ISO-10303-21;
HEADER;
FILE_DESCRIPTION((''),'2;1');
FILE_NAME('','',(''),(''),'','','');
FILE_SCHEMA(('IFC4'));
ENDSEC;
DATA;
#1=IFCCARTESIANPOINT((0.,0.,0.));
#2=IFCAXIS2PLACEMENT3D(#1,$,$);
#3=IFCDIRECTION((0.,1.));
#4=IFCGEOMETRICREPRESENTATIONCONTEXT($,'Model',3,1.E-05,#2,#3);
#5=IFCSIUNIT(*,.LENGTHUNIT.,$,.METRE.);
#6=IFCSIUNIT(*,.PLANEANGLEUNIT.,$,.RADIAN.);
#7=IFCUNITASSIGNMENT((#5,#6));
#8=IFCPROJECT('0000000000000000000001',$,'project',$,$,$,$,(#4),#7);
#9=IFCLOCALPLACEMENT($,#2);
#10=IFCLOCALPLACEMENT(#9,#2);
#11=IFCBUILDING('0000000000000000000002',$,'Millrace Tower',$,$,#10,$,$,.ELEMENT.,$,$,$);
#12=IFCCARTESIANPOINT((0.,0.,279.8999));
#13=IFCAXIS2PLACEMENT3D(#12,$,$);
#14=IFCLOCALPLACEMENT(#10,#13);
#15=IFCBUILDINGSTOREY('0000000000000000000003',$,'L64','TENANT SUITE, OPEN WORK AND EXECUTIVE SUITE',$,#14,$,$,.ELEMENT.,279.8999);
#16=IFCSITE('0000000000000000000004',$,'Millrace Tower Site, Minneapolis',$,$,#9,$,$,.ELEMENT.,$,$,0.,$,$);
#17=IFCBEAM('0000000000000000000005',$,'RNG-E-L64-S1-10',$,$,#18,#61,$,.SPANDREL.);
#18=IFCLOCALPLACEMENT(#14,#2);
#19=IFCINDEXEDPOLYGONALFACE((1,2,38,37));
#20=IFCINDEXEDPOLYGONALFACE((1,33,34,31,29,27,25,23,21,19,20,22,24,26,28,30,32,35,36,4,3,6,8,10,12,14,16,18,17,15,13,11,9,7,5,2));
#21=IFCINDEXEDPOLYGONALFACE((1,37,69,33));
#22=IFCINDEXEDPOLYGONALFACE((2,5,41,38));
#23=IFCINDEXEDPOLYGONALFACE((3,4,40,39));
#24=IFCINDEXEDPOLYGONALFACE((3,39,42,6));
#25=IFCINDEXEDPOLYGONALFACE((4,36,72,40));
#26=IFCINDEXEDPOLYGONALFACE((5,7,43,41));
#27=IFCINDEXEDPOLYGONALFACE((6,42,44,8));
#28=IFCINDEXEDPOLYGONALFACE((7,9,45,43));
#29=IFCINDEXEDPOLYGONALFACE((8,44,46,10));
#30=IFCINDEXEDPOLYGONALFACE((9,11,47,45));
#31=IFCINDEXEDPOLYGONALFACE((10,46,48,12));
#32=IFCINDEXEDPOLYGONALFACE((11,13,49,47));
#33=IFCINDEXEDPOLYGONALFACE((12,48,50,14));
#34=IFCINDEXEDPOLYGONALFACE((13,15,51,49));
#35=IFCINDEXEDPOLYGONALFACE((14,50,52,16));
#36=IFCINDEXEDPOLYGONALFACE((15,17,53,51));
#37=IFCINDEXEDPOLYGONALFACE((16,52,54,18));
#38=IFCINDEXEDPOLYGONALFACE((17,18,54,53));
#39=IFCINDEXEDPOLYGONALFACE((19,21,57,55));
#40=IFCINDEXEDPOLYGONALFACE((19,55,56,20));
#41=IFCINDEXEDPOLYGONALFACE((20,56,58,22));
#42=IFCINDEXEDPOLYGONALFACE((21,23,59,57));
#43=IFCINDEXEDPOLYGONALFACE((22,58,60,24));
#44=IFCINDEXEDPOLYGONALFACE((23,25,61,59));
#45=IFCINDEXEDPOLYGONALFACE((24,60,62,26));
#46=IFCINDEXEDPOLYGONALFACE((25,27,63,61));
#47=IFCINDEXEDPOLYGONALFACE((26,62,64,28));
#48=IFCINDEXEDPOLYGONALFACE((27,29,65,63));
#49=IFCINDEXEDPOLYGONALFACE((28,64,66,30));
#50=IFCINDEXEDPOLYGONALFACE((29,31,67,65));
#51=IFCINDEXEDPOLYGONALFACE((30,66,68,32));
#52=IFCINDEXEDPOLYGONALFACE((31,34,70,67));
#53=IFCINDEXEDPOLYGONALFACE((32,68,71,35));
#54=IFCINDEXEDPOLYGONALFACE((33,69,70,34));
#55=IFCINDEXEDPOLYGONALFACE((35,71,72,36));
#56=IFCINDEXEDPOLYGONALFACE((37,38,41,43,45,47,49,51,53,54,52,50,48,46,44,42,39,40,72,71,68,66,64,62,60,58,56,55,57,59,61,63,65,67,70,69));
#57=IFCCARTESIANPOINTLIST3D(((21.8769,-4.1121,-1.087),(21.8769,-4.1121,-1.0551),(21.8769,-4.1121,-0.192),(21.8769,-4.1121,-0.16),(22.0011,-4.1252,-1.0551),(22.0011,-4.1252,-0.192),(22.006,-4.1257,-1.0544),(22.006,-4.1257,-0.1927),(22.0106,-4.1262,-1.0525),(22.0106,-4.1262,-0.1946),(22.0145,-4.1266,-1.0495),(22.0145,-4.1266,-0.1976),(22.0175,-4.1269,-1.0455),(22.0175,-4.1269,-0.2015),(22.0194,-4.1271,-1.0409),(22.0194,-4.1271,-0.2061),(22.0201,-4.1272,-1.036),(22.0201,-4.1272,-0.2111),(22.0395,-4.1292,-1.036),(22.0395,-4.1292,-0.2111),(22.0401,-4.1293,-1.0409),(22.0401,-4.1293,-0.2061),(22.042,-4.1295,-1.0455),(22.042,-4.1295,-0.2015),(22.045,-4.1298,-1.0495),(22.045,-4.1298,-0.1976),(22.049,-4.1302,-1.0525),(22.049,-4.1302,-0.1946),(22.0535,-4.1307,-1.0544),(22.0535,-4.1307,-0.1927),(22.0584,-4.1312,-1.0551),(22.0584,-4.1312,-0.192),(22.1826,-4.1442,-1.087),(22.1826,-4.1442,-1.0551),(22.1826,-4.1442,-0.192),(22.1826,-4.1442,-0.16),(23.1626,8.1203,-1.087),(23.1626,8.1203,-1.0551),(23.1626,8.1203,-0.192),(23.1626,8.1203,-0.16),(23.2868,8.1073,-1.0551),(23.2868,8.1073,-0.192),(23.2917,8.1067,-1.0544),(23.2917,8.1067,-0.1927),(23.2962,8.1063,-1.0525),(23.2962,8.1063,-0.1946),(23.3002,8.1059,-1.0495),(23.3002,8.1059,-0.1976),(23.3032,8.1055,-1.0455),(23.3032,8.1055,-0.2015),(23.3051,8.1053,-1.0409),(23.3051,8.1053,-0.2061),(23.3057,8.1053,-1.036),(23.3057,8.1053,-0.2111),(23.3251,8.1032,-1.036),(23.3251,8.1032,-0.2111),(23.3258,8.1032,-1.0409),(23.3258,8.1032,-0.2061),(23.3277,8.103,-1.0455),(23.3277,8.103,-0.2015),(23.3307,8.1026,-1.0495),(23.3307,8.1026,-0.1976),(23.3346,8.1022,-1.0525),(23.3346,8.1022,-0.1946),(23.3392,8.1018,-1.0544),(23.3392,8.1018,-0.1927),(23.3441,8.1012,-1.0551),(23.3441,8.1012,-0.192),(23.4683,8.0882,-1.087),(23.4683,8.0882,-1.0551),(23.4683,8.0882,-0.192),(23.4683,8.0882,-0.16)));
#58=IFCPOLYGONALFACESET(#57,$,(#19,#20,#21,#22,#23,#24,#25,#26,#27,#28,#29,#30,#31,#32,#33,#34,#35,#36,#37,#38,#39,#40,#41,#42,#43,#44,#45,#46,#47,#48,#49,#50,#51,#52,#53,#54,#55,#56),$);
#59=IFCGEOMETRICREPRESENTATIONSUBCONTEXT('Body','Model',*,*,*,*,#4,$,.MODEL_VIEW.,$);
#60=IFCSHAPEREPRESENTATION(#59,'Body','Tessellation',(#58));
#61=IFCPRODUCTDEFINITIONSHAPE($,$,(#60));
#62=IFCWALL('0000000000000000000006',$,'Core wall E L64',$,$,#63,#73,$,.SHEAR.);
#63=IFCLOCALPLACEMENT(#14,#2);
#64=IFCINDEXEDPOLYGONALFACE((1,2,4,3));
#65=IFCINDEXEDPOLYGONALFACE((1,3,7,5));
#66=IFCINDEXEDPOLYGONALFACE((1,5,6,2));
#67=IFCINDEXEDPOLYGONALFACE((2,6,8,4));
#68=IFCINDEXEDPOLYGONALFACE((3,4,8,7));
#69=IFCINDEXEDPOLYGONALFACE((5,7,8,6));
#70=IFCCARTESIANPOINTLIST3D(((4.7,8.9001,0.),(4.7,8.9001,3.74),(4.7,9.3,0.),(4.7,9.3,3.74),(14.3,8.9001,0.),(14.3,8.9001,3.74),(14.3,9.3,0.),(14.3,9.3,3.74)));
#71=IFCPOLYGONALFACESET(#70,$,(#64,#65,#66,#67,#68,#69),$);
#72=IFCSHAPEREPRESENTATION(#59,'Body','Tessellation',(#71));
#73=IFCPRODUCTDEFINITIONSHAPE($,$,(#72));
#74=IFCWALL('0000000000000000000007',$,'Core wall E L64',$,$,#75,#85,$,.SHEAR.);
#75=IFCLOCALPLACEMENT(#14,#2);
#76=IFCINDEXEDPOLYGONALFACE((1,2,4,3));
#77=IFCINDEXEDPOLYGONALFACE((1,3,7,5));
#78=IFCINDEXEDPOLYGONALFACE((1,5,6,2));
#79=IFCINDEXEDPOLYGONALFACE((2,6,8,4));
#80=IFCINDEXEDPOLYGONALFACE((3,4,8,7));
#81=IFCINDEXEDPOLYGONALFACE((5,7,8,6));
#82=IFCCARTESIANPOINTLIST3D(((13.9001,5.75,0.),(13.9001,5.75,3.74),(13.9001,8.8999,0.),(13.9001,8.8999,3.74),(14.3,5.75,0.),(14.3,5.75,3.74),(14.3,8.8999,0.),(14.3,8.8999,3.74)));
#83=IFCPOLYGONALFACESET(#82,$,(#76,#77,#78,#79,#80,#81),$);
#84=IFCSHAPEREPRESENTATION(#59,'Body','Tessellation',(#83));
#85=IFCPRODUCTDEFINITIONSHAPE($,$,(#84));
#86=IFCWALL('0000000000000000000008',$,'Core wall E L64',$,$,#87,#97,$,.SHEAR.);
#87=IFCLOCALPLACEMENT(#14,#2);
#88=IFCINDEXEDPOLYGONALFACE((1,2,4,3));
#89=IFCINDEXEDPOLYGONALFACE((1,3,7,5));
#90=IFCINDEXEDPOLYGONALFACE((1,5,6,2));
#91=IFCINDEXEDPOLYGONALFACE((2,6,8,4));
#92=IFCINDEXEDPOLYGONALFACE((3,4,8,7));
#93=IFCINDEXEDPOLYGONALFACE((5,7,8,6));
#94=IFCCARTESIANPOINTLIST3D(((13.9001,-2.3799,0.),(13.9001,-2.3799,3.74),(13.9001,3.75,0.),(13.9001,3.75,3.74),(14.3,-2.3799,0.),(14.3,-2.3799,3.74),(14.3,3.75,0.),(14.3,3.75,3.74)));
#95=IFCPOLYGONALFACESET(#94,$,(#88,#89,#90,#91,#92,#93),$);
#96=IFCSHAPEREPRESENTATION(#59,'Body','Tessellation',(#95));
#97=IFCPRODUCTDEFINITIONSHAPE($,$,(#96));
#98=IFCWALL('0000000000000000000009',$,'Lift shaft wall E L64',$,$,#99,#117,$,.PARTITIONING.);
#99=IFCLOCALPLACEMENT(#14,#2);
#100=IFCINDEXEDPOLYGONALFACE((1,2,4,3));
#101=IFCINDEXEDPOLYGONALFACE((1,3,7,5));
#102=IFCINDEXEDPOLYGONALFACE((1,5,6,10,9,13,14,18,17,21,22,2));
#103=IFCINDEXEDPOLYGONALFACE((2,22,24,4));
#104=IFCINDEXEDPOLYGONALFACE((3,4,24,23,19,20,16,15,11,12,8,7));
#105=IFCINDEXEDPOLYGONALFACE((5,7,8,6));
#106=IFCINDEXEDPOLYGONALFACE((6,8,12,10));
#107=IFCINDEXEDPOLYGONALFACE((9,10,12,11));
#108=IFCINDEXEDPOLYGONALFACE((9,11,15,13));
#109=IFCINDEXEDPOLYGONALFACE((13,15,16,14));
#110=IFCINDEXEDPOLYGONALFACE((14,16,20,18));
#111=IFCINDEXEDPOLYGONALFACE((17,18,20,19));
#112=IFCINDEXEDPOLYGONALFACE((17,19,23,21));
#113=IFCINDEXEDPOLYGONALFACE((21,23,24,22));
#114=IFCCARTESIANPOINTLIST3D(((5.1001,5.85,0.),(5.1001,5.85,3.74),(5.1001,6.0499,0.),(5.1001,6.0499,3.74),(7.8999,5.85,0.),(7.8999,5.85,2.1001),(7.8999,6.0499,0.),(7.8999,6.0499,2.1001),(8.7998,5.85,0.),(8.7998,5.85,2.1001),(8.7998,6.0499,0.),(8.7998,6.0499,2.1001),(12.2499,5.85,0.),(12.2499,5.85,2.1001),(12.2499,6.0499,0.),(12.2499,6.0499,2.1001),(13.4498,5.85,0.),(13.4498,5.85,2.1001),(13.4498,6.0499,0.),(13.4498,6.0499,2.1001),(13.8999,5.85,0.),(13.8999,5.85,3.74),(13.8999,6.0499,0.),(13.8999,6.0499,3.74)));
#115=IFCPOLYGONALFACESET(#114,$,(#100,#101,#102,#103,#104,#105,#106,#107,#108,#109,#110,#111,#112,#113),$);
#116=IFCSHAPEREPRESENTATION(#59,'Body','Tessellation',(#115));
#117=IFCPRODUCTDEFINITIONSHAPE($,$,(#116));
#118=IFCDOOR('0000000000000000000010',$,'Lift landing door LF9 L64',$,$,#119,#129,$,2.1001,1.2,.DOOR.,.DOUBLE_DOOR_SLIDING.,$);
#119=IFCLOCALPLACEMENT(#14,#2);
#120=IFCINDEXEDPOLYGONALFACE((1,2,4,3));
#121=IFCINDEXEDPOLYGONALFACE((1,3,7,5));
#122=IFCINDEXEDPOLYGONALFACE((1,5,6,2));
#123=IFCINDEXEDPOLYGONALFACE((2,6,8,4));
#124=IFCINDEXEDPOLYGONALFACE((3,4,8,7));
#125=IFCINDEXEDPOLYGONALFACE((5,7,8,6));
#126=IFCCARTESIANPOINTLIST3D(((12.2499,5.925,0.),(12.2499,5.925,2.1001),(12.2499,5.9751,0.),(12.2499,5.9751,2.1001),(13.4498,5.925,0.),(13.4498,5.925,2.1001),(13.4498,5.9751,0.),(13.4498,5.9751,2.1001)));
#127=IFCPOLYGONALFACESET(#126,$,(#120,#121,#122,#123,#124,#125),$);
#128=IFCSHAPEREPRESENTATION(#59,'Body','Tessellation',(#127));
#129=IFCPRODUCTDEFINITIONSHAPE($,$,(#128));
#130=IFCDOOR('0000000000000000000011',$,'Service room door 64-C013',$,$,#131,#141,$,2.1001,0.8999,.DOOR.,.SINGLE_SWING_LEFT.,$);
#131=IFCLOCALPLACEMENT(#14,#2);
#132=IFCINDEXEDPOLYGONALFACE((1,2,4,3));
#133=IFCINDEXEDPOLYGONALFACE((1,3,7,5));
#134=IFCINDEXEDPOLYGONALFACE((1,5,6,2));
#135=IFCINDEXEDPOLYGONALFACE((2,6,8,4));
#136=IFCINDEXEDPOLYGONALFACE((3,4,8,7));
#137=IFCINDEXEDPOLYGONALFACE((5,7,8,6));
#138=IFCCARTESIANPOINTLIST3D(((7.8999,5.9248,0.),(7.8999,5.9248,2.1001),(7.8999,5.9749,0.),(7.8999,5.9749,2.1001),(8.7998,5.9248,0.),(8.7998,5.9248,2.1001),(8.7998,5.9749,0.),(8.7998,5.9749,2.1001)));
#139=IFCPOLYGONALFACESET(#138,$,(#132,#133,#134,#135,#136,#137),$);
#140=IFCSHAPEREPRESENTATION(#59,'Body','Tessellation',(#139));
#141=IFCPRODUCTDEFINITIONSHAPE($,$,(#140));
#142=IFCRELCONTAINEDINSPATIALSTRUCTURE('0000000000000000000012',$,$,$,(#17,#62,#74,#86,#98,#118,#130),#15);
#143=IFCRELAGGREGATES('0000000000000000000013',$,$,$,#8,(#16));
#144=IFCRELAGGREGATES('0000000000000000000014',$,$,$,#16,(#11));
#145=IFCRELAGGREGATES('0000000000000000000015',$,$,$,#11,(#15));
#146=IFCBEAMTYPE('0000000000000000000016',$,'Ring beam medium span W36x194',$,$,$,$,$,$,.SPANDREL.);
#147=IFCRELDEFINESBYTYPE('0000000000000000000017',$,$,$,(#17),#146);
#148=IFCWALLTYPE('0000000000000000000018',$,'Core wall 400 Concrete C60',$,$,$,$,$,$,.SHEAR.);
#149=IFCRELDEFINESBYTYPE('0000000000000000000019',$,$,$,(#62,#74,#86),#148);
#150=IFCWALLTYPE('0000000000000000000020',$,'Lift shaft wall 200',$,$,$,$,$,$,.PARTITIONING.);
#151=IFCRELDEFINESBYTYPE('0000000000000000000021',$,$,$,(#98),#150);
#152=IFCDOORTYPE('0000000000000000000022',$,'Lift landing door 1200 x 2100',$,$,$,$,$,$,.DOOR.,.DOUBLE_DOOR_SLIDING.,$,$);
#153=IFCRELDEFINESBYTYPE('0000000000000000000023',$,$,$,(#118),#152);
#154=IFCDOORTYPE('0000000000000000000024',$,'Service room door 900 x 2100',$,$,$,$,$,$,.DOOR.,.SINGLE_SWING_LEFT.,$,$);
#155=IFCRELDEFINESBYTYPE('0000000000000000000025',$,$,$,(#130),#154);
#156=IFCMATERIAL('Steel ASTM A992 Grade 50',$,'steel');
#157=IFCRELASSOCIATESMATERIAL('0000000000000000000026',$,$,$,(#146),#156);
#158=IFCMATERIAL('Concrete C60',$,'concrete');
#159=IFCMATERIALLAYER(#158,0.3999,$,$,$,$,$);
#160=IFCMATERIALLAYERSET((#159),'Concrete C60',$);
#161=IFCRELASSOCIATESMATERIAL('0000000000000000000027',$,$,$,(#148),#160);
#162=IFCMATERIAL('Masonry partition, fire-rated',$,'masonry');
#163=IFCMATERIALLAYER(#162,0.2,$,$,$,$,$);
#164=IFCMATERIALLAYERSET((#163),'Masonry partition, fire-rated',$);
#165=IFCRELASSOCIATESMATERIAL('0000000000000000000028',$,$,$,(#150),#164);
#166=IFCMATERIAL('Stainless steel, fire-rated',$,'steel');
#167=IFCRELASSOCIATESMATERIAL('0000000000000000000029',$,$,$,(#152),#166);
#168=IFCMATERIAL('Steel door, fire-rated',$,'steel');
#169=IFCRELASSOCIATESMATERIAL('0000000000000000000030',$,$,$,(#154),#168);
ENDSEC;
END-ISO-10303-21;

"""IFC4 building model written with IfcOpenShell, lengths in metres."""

from ifc_helpers import new_model, si_unit, direction, frame, frame_2d, origin, origin_2d, place, context, subcontext, project, spatial, rectangle, i_section, extrude, material, layer, layer_set, material_profile, profile_set, type_object, element, fill, save


model = new_model("IFC4")

# Units and contexts
model_context = context("Model", 3, precision=1e-05, world=origin(), true_north=direction((0.0, 1.0)))
body_context = subcontext(model_context, "Body", "Model", "MODEL_VIEW")
ifc_project = project(units=[si_unit("LENGTHUNIT", "METRE"), si_unit("PLANEANGLEUNIT", "RADIAN")], contexts=[model_context])

# Site, building, storey
site_placement = place(None, origin())
site = spatial("IfcSite", under=ifc_project, at=site_placement, Name="Millrace Tower Site, Minneapolis", CompositionType="ELEMENT", RefElevation=0.0)
building_placement = place(site_placement, origin())
building = spatial("IfcBuilding", under=site, at=building_placement, Name="Millrace Tower", CompositionType="ELEMENT")
storey_placement = place(building_placement, frame((0.0, 0.0, 279.8999)))
storey = spatial("IfcBuildingStorey", under=building, at=storey_placement, Name="L64", Description="TENANT SUITE, OPEN WORK AND EXECUTIVE SUITE", CompositionType="ELEMENT", Elevation=279.8999)

# Beam
ifc_material_1 = material(Name="Steel ASTM A992 Grade 50", Category="steel")
ifc_material_profile_1 = material_profile(ifc_material_1, i_section(OverallWidth=0.3074, OverallDepth=0.927, WebThickness=0.0195, FlangeThickness=0.032, FilletRadius=0.019, at=origin_2d()))
ifc_profile_set_1 = profile_set([ifc_material_profile_1], Name="Steel ASTM A992 Grade 50")
beam_type_1 = type_object("IfcBeamType", Name="Ring beam medium span W36x194", PredefinedType="SPANDREL", material=ifc_profile_set_1)
beam_1_placement = place(storey_placement, frame((23.3154, 8.1042, -0.6235), z_axis=(-0.104526, -0.994522, 0.0), x_axis=(0.994522, -0.104526, 0.0)))
element("IfcBeam", 1, at=beam_1_placement, inside=storey, type_object=beam_type_1, Name="RNG-E-L64-S1-10", PredefinedType="SPANDREL", context=body_context, shape_type="SweptSolid", body=[
    extrude(i_section(OverallWidth=0.3074, OverallDepth=0.927, WebThickness=0.0195, FlangeThickness=0.032, FilletRadius=0.019, at=origin_2d()), origin(), (0.0, 0.0, 1.0), 12.2998),
])

# Walls
ifc_material_2 = material(Name="Concrete C60", Category="concrete")
ifc_layer_1 = layer(ifc_material_2, 0.3999)
ifc_layer_set_1 = layer_set([ifc_layer_1], Name="Concrete C60")
wall_type_1 = type_object("IfcWallType", Name="Core wall 400 Concrete C60", PredefinedType="SHEAR", material=ifc_layer_set_1)
wall_1_placement = place(storey_placement, frame((14.3, 9.1001, 0.0), z_axis=(0.0, 0.0, 1.0), x_axis=(-1.0, 0.0, 0.0)))
element("IfcWall", 2, at=wall_1_placement, inside=storey, type_object=wall_type_1, Name="Core wall E L64", PredefinedType="SHEAR", context=body_context, shape_type="SweptSolid", body=[
    extrude(rectangle(XDim=9.6001, YDim=0.3999, at=frame_2d((4.8, 0.0))), origin(), (0.0, 0.0, 1.0), 3.74),
])
wall_2_placement = place(storey_placement, frame((14.1001, 8.8999, 0.0), z_axis=(0.0, 0.0, 1.0), x_axis=(0.0, -1.0, 0.0)))
element("IfcWall", 3, at=wall_2_placement, inside=storey, type_object=wall_type_1, Name="Core wall E L64", PredefinedType="SHEAR", context=body_context, shape_type="SweptSolid", body=[
    extrude(rectangle(XDim=3.1499, YDim=0.3999, at=frame_2d((1.575, 0.0))), origin(), (0.0, 0.0, 1.0), 3.74),
])
wall_3_placement = place(storey_placement, frame((14.1001, 3.75, 0.0), z_axis=(0.0, 0.0, 1.0), x_axis=(0.0, -1.0, 0.0)))
element("IfcWall", 4, at=wall_3_placement, inside=storey, type_object=wall_type_1, Name="Core wall E L64", PredefinedType="SHEAR", context=body_context, shape_type="SweptSolid", body=[
    extrude(rectangle(XDim=6.1299, YDim=0.3999, at=frame_2d((3.0649, 0.0))), origin(), (0.0, 0.0, 1.0), 3.74),
])

# Wall, openings, doors
ifc_material_3 = material(Name="Masonry partition, fire-rated", Category="masonry")
ifc_layer_2 = layer(ifc_material_3, 0.2)
ifc_layer_set_2 = layer_set([ifc_layer_2], Name="Masonry partition, fire-rated")
wall_type_2 = type_object("IfcWallType", Name="Lift shaft wall 200", PredefinedType="PARTITIONING", material=ifc_layer_set_2)
wall_4_placement = place(storey_placement, frame((13.8999, 5.95, 0.0), z_axis=(0.0, 0.0, 1.0), x_axis=(-1.0, 0.0, 0.0)))
wall_4 = element("IfcWall", 5, at=wall_4_placement, inside=storey, type_object=wall_type_2, Name="Lift shaft wall E L64", PredefinedType="PARTITIONING", context=body_context, shape_type="SweptSolid", body=[
    extrude(rectangle(XDim=8.7998, YDim=0.2, at=frame_2d((4.3999, 0.0))), origin(), (0.0, 0.0, 1.0), 3.74),
])
opening_1_placement = place(wall_4_placement, frame((0.45, 0.0, 0.0)))
opening_1 = element("IfcOpeningElement", 6, at=opening_1_placement, cuts=wall_4, PredefinedType="OPENING", context=body_context, shape_type="SweptSolid", body=[
    extrude(rectangle(XDim=1.2, YDim=2.1001, at=frame_2d((0.6001, 1.05))), frame((0.0, 0.1099, 0.0), z_axis=(0.0, -1.0, 0.0), x_axis=(1.0, 0.0, 0.0)), (0.0, 0.0, 1.0), 0.22),
])
opening_2_placement = place(wall_4_placement, frame((5.1001, 0.0, 0.0)))
opening_2 = element("IfcOpeningElement", 7, at=opening_2_placement, cuts=wall_4, PredefinedType="OPENING", context=body_context, shape_type="SweptSolid", body=[
    extrude(rectangle(XDim=0.8999, YDim=2.1001, at=frame_2d((0.45, 1.05))), frame((0.0, 0.1099, 0.0), z_axis=(0.0, -1.0, 0.0), x_axis=(1.0, 0.0, 0.0)), (0.0, 0.0, 1.0), 0.22),
])
ifc_material_4 = material(Name="Stainless steel, fire-rated", Category="steel")
door_type_1 = type_object("IfcDoorType", Name="Lift landing door 1200 x 2100", OperationType="DOUBLE_DOOR_SLIDING", PredefinedType="DOOR", material=ifc_material_4)
door_1_placement = place(opening_1_placement, origin())
door_1 = element("IfcDoor", 8, at=door_1_placement, inside=storey, type_object=door_type_1, Name="Lift landing door LF9 L64", OperationType="DOUBLE_DOOR_SLIDING", OverallHeight=2.1001, OverallWidth=1.2, PredefinedType="DOOR", context=body_context, shape_type="SweptSolid", body=[
    extrude(rectangle(XDim=1.2, YDim=2.1001, at=frame_2d((0.6001, 1.05))), frame((0.0, 0.0249, 0.0), z_axis=(0.0, -1.0, 0.0), x_axis=(1.0, 0.0, 0.0)), (0.0, 0.0, 1.0), 0.05),
])
fill(opening_1, door_1)
ifc_material_5 = material(Name="Steel door, fire-rated", Category="steel")
door_type_2 = type_object("IfcDoorType", Name="Service room door 900 x 2100", OperationType="SINGLE_SWING_LEFT", PredefinedType="DOOR", material=ifc_material_5)
door_2_placement = place(opening_2_placement, frame((0.8999, 0.0, 0.0), z_axis=(0.0, 0.0, 1.0), x_axis=(-1.0, 0.0, 0.0)))
door_2 = element("IfcDoor", 9, at=door_2_placement, inside=storey, type_object=door_type_2, Name="Service room door 64-C013", OperationType="SINGLE_SWING_LEFT", OverallHeight=2.1001, OverallWidth=0.8999, PredefinedType="DOOR", context=body_context, shape_type="SweptSolid", body=[
    extrude(rectangle(XDim=0.8999, YDim=2.1001, at=frame_2d((0.45, 1.05))), frame((0.0, 0.0249, 0.0), z_axis=(0.0, -1.0, 0.0), x_axis=(1.0, 0.0, 0.0)), (0.0, 0.0, 1.0), 0.05),
])
fill(opening_2, door_2)

save(model, "model.ifc")
